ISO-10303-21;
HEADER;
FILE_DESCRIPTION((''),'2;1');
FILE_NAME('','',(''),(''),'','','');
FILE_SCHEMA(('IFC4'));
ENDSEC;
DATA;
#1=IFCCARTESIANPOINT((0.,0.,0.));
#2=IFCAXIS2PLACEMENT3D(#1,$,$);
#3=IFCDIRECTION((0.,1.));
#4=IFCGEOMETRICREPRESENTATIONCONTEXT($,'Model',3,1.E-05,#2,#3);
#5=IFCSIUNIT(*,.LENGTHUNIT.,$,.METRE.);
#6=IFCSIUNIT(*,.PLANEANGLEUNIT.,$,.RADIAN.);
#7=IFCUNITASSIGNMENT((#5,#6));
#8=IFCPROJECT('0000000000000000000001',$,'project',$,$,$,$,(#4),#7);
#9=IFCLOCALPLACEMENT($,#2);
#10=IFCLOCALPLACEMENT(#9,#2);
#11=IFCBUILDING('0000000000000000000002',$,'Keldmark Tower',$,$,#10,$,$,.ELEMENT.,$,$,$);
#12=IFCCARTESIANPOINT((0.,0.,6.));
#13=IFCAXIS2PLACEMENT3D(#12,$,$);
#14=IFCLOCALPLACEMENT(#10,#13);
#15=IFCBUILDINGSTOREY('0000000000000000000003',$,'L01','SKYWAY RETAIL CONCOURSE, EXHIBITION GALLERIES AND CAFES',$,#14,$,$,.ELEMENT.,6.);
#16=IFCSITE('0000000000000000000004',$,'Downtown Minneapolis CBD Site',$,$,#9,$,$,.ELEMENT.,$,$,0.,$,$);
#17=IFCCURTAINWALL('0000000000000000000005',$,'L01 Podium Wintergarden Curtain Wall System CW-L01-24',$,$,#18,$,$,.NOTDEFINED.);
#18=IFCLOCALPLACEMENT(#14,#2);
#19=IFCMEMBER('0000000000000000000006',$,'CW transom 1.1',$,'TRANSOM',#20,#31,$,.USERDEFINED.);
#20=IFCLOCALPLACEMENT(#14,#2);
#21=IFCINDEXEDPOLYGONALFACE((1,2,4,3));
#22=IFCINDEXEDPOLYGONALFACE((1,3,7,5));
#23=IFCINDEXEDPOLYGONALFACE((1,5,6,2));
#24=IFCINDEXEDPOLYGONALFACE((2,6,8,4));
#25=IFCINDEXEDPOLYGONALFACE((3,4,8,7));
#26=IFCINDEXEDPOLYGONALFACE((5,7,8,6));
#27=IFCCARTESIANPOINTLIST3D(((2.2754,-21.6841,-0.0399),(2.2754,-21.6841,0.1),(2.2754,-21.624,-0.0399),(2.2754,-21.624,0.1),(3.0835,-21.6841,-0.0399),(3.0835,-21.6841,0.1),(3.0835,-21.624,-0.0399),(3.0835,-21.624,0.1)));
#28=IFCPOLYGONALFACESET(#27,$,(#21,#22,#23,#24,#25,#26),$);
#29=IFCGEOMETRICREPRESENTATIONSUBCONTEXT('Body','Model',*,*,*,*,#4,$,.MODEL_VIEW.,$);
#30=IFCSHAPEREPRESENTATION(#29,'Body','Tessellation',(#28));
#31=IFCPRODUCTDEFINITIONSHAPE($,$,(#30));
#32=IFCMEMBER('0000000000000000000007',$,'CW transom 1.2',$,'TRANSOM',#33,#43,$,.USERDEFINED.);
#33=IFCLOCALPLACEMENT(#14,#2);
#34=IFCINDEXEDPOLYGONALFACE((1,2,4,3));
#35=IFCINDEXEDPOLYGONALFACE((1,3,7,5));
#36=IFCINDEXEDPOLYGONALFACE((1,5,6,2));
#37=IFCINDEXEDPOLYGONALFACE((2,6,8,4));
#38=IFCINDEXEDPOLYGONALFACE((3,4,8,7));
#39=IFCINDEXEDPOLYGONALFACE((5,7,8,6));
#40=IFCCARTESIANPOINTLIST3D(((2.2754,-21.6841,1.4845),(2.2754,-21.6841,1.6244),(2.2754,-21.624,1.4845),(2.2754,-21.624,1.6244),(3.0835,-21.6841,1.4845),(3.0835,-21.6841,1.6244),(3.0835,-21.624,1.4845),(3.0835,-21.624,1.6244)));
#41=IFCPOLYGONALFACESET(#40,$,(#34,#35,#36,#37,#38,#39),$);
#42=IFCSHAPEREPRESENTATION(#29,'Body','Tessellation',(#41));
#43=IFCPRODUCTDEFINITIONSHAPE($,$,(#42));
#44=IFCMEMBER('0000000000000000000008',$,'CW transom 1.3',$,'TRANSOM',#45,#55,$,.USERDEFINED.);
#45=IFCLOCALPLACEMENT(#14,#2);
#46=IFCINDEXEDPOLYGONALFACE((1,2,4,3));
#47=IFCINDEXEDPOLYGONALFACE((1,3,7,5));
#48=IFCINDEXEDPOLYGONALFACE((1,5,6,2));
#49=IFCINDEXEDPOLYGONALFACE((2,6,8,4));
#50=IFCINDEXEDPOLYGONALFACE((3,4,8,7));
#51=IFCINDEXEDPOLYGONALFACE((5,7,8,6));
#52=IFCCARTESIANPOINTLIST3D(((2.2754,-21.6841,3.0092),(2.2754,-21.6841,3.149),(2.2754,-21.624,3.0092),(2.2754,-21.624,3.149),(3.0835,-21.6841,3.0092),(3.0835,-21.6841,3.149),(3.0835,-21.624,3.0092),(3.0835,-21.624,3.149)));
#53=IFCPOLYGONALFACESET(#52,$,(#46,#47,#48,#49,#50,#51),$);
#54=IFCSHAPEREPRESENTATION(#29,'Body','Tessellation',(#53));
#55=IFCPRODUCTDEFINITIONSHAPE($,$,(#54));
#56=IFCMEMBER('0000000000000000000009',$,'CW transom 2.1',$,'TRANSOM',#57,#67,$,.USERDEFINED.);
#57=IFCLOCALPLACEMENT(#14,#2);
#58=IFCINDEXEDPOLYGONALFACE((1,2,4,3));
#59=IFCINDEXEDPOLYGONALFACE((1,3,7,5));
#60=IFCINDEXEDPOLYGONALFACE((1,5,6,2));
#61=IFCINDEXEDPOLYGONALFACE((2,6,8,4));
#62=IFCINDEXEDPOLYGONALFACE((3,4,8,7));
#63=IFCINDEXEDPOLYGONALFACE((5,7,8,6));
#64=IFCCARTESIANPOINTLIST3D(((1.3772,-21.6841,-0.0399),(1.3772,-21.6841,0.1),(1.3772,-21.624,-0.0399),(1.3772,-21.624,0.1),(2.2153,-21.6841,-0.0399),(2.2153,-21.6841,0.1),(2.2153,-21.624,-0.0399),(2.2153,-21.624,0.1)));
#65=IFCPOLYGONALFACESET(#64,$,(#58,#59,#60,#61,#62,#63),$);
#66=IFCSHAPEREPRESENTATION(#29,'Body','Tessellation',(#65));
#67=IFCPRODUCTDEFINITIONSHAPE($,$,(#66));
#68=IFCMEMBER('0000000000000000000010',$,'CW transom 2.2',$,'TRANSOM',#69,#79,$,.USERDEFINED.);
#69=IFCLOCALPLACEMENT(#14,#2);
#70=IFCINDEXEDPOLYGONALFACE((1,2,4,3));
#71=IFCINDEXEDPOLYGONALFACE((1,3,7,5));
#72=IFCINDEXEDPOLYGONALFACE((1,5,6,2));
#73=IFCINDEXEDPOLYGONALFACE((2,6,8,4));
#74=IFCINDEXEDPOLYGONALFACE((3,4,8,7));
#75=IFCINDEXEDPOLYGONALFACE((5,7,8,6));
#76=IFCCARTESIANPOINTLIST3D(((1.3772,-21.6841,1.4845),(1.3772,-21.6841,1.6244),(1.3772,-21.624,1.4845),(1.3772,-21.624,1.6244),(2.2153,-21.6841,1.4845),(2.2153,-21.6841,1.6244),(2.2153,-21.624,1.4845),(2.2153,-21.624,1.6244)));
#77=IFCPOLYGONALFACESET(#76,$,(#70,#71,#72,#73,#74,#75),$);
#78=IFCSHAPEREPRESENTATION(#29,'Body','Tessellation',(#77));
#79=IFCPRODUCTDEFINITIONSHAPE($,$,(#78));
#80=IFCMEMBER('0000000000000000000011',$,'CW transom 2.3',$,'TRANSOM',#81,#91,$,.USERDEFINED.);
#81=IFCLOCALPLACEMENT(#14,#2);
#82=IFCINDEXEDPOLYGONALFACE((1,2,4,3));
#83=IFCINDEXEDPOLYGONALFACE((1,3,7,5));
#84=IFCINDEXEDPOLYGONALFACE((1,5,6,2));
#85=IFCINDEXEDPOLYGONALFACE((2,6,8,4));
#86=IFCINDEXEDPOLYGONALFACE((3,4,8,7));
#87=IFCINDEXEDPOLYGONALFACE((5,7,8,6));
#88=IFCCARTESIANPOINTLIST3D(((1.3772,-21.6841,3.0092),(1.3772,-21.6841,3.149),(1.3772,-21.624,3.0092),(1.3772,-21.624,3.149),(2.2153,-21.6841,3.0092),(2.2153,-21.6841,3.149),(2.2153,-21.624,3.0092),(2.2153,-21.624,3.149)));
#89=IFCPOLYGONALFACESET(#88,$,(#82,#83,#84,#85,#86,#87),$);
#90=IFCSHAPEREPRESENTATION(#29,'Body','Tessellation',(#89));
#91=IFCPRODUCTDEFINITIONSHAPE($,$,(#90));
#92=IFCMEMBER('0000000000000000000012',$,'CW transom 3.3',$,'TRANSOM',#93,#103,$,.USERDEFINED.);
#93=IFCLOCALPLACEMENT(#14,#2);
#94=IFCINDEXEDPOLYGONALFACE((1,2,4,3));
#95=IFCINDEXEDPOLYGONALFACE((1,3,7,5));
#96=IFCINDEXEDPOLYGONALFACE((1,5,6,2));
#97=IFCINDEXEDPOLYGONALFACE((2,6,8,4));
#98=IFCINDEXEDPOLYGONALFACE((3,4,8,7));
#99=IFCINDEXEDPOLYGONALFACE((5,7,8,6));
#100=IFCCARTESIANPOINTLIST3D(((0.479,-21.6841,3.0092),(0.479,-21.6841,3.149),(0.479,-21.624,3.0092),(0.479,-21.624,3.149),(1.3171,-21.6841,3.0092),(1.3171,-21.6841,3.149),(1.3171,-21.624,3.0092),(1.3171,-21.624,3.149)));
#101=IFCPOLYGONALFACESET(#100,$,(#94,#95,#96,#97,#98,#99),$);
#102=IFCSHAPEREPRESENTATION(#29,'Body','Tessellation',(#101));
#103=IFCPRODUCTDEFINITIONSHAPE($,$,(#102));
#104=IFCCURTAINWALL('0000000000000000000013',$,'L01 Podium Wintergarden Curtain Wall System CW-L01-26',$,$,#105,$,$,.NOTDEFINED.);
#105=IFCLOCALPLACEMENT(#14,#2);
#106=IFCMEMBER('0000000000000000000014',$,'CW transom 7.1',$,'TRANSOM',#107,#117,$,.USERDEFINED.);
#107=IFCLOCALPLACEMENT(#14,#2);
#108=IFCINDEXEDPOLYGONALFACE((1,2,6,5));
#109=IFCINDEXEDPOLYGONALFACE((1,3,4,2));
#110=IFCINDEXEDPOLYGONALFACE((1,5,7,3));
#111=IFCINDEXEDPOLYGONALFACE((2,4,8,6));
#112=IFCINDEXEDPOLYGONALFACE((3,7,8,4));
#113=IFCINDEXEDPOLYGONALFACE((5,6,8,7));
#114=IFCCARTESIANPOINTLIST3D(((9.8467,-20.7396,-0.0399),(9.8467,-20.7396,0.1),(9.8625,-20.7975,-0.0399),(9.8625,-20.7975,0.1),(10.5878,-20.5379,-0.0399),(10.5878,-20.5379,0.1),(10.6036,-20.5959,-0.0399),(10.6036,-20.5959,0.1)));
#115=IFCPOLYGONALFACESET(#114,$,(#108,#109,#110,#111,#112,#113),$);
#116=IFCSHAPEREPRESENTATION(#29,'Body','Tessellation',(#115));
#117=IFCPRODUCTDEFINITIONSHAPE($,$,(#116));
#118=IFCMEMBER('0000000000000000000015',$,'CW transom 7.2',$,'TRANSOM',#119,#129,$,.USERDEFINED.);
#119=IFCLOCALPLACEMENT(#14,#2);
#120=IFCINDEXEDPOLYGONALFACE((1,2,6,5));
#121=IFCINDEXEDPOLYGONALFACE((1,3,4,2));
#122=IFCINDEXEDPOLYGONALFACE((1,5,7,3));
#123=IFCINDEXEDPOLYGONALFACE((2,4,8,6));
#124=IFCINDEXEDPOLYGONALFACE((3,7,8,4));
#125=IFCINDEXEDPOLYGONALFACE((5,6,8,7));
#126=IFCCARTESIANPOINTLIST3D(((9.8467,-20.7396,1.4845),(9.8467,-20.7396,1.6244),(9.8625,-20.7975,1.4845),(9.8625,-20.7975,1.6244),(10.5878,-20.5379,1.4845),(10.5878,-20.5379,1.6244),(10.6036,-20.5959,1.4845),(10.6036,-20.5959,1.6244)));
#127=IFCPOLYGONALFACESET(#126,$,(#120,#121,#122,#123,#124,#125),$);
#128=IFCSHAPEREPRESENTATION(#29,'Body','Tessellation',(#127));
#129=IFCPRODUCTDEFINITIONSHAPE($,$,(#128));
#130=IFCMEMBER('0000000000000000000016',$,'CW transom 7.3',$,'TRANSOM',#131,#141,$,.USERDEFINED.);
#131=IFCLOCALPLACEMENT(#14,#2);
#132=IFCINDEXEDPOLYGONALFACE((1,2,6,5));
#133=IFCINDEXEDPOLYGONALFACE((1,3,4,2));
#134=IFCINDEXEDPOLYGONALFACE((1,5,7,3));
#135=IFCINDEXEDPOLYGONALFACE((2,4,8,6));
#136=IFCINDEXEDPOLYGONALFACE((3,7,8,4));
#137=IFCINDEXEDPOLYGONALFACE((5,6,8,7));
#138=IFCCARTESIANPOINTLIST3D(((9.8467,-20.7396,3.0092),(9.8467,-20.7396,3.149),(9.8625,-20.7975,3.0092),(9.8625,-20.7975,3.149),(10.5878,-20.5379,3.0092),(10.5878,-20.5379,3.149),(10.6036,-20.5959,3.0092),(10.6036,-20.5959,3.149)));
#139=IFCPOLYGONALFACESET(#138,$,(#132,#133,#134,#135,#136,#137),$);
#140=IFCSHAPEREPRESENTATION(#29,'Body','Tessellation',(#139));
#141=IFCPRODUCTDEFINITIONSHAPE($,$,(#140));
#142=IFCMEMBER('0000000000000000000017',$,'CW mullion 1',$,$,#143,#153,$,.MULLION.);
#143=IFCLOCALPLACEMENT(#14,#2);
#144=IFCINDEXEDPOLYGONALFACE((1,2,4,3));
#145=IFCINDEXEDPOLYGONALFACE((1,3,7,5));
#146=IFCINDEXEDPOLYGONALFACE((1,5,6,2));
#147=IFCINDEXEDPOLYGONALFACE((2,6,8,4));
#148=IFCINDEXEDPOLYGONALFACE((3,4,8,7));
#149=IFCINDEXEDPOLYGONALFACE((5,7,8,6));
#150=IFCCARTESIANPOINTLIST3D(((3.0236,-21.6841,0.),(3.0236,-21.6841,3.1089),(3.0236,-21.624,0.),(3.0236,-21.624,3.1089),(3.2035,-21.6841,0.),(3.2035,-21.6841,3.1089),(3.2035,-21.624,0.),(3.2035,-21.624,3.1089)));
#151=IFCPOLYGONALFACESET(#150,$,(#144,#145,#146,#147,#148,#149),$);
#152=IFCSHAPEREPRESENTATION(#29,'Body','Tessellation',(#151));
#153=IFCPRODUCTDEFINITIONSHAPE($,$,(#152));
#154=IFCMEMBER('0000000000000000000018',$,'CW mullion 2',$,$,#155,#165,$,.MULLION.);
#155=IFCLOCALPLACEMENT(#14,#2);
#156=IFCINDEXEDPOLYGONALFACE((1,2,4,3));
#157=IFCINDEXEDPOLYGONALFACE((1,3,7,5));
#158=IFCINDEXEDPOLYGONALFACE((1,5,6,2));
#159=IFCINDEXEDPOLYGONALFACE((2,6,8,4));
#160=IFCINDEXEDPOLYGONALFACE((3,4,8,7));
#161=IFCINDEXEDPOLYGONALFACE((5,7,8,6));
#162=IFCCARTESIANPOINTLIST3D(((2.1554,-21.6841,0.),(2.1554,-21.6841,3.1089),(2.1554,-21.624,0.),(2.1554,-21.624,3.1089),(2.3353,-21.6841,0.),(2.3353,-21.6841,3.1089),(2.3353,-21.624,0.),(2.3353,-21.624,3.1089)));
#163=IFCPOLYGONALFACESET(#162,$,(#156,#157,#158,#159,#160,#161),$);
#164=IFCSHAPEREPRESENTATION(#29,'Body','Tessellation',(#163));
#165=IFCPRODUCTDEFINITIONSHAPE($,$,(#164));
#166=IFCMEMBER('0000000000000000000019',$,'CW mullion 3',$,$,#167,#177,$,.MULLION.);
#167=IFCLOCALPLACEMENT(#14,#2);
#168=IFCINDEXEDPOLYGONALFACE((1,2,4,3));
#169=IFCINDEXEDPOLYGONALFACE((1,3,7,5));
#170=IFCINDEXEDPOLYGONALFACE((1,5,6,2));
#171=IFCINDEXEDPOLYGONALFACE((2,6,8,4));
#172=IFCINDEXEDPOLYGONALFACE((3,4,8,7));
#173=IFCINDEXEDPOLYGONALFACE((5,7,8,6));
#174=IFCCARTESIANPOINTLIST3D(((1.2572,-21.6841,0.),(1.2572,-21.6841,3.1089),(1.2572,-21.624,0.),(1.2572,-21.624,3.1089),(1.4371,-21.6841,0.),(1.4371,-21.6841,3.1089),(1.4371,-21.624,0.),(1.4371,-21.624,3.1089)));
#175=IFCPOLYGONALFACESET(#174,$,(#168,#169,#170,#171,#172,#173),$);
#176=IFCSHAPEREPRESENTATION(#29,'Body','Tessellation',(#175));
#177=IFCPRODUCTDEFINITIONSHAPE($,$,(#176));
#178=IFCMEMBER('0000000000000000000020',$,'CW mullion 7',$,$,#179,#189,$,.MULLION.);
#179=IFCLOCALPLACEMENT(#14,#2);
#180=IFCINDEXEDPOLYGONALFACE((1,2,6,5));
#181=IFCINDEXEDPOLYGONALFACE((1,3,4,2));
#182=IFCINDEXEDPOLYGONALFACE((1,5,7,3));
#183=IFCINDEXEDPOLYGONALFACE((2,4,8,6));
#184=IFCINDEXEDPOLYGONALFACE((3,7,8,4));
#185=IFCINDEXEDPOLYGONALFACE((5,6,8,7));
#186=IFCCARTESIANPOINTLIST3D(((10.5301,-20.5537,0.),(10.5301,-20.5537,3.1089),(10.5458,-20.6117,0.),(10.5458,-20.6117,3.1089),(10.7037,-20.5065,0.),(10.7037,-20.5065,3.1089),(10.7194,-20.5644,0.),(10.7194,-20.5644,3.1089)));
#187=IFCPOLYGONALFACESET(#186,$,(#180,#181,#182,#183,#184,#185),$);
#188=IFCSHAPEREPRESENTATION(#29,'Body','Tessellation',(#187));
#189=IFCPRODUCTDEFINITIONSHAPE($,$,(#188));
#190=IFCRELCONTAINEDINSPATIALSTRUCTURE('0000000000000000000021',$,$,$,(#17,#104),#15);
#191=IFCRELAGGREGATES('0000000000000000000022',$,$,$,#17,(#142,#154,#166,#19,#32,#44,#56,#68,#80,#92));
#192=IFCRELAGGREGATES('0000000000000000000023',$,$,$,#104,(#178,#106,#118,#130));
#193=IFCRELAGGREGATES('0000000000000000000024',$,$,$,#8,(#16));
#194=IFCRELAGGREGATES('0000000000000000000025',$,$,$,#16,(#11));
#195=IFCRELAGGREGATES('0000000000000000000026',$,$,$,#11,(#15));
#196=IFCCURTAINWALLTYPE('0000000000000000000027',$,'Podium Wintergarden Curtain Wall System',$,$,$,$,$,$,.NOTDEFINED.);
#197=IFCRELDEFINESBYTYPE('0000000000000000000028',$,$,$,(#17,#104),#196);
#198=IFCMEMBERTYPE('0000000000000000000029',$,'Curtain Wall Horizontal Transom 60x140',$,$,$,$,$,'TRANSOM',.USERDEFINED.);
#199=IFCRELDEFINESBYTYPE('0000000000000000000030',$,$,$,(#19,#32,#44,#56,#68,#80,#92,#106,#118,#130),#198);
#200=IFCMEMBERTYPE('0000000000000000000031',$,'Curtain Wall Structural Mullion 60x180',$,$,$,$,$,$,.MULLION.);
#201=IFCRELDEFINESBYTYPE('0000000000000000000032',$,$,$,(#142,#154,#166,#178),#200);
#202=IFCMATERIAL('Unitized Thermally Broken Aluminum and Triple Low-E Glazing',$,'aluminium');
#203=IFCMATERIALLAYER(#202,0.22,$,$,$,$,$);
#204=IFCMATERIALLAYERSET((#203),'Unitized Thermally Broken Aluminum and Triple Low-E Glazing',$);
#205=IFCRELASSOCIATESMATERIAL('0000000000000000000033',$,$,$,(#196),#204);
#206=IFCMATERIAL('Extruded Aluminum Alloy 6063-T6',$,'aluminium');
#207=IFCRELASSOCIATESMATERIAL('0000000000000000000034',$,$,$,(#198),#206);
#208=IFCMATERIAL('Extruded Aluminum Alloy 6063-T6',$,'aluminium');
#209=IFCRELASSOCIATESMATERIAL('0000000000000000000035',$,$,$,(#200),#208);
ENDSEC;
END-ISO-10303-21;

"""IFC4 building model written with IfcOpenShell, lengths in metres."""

from ifc_helpers import new_model, si_unit, direction, frame, origin, origin_2d, place, context, subcontext, project, spatial, rectangle, extrude, material, layer, layer_set, material_profile, profile_set, type_object, element, aggregate, save


model = new_model("IFC4")

# Units and contexts
model_context = context("Model", 3, precision=1e-05, world=origin(), true_north=direction((0.0, 1.0)))
body_context = subcontext(model_context, "Body", "Model", "MODEL_VIEW")
ifc_project = project(units=[si_unit("LENGTHUNIT", "METRE"), si_unit("PLANEANGLEUNIT", "RADIAN")], contexts=[model_context])

# Site, building, storey
site_placement = place(None, origin())
site = spatial("IfcSite", under=ifc_project, at=site_placement, Name="Downtown Minneapolis CBD Site", CompositionType="ELEMENT", RefElevation=0.0)
building_placement = place(site_placement, origin())
building = spatial("IfcBuilding", under=site, at=building_placement, Name="Keldmark Tower", CompositionType="ELEMENT")
storey_placement = place(building_placement, frame((0.0, 0.0, 6.0)))
storey = spatial("IfcBuildingStorey", under=building, at=storey_placement, Name="L01", Description="SKYWAY RETAIL CONCOURSE, EXHIBITION GALLERIES AND CAFES", CompositionType="ELEMENT", Elevation=6.0)

# Curtain walls, members
ifc_material_1 = material(Name="Unitized Thermally Broken Aluminum and Triple Low-E Glazing", Category="aluminium")
ifc_layer_1 = layer(ifc_material_1, 0.22)
ifc_layer_set_1 = layer_set([ifc_layer_1], Name="Unitized Thermally Broken Aluminum and Triple Low-E Glazing")
curtain_wall_type = type_object("IfcCurtainWallType", Name="Podium Wintergarden Curtain Wall System", PredefinedType="NOTDEFINED", material=ifc_layer_set_1)
curtain_wall_1_placement = place(storey_placement, origin())
curtain_wall_1 = element("IfcCurtainWall", 1, at=curtain_wall_1_placement, inside=storey, type_object=curtain_wall_type, Name="L01 Podium Wintergarden Curtain Wall System CW-L01-24", PredefinedType="NOTDEFINED")
ifc_material_2 = material(Name="Extruded Aluminum Alloy 6063-T6", Category="aluminium")
ifc_material_profile_1 = material_profile(ifc_material_2, rectangle(XDim=0.0601, YDim=0.1399, at=origin_2d()), Name="CWT60X140")
ifc_profile_set_1 = profile_set([ifc_material_profile_1], Name="Extruded Aluminum Alloy 6063-T6")
member_type_1 = type_object("IfcMemberType", Name="Curtain Wall Horizontal Transom 60x140", ElementType="TRANSOM", PredefinedType="USERDEFINED", material=ifc_profile_set_1)
member_1_placement = place(storey_placement, frame((3.0835, -21.6541, 0.03), z_axis=(-1.0, 0.0, 0.0), x_axis=(0.0, -1.0, 0.0)))
member_1 = element("IfcMember", 2, at=member_1_placement, type_object=member_type_1, Name="CW transom 1.1", ObjectType="TRANSOM", PredefinedType="USERDEFINED", context=body_context, shape_type="SweptSolid", body=[
    extrude(rectangle(XDim=0.0601, YDim=0.1399, at=origin_2d()), origin(), (0.0, 0.0, 1.0), 0.8081),
])
member_2_placement = place(storey_placement, frame((3.0835, -21.6541, 1.5544), z_axis=(-1.0, 0.0, 0.0), x_axis=(0.0, -1.0, 0.0)))
member_2 = element("IfcMember", 3, at=member_2_placement, type_object=member_type_1, Name="CW transom 1.2", ObjectType="TRANSOM", PredefinedType="USERDEFINED", context=body_context, shape_type="SweptSolid", body=[
    extrude(rectangle(XDim=0.0601, YDim=0.1399, at=origin_2d()), origin(), (0.0, 0.0, 1.0), 0.8081),
])
member_3_placement = place(storey_placement, frame((3.0835, -21.6541, 3.0791), z_axis=(-1.0, 0.0, 0.0), x_axis=(0.0, -1.0, 0.0)))
member_3 = element("IfcMember", 4, at=member_3_placement, type_object=member_type_1, Name="CW transom 1.3", ObjectType="TRANSOM", PredefinedType="USERDEFINED", context=body_context, shape_type="SweptSolid", body=[
    extrude(rectangle(XDim=0.0601, YDim=0.1399, at=origin_2d()), origin(), (0.0, 0.0, 1.0), 0.8081),
])
member_4_placement = place(storey_placement, frame((2.2153, -21.6541, 0.03), z_axis=(-1.0, 0.0, 0.0), x_axis=(0.0, -1.0, 0.0)))
member_4 = element("IfcMember", 5, at=member_4_placement, type_object=member_type_1, Name="CW transom 2.1", ObjectType="TRANSOM", PredefinedType="USERDEFINED", context=body_context, shape_type="SweptSolid", body=[
    extrude(rectangle(XDim=0.0601, YDim=0.1399, at=origin_2d()), origin(), (0.0, 0.0, 1.0), 0.8381),
])
member_5_placement = place(storey_placement, frame((2.2153, -21.6541, 1.5544), z_axis=(-1.0, 0.0, 0.0), x_axis=(0.0, -1.0, 0.0)))
member_5 = element("IfcMember", 6, at=member_5_placement, type_object=member_type_1, Name="CW transom 2.2", ObjectType="TRANSOM", PredefinedType="USERDEFINED", context=body_context, shape_type="SweptSolid", body=[
    extrude(rectangle(XDim=0.0601, YDim=0.1399, at=origin_2d()), origin(), (0.0, 0.0, 1.0), 0.8381),
])
member_6_placement = place(storey_placement, frame((2.2153, -21.6541, 3.0791), z_axis=(-1.0, 0.0, 0.0), x_axis=(0.0, -1.0, 0.0)))
member_6 = element("IfcMember", 7, at=member_6_placement, type_object=member_type_1, Name="CW transom 2.3", ObjectType="TRANSOM", PredefinedType="USERDEFINED", context=body_context, shape_type="SweptSolid", body=[
    extrude(rectangle(XDim=0.0601, YDim=0.1399, at=origin_2d()), origin(), (0.0, 0.0, 1.0), 0.8381),
])
member_7_placement = place(storey_placement, frame((1.3171, -21.6541, 3.0791), z_axis=(-1.0, 0.0, 0.0), x_axis=(0.0, -1.0, 0.0)))
member_7 = element("IfcMember", 8, at=member_7_placement, type_object=member_type_1, Name="CW transom 3.3", ObjectType="TRANSOM", PredefinedType="USERDEFINED", context=body_context, shape_type="SweptSolid", body=[
    extrude(rectangle(XDim=0.0601, YDim=0.1399, at=origin_2d()), origin(), (0.0, 0.0, 1.0), 0.8381),
])
curtain_wall_2_placement = place(storey_placement, origin())
curtain_wall_2 = element("IfcCurtainWall", 9, at=curtain_wall_2_placement, inside=storey, type_object=curtain_wall_type, Name="L01 Podium Wintergarden Curtain Wall System CW-L01-26", PredefinedType="NOTDEFINED")
member_8_placement = place(storey_placement, frame((10.5957, -20.5669, 0.03), z_axis=(-0.964925, -0.262526, 0.0), x_axis=(0.262526, -0.964925, 0.0)))
member_8 = element("IfcMember", 10, at=member_8_placement, type_object=member_type_1, Name="CW transom 7.1", ObjectType="TRANSOM", PredefinedType="USERDEFINED", context=body_context, shape_type="SweptSolid", body=[
    extrude(rectangle(XDim=0.0601, YDim=0.1399, at=origin_2d()), origin(), (0.0, 0.0, 1.0), 0.7681),
])
member_9_placement = place(storey_placement, frame((10.5957, -20.5669, 1.5544), z_axis=(-0.964925, -0.262526, 0.0), x_axis=(0.262526, -0.964925, 0.0)))
member_9 = element("IfcMember", 11, at=member_9_placement, type_object=member_type_1, Name="CW transom 7.2", ObjectType="TRANSOM", PredefinedType="USERDEFINED", context=body_context, shape_type="SweptSolid", body=[
    extrude(rectangle(XDim=0.0601, YDim=0.1399, at=origin_2d()), origin(), (0.0, 0.0, 1.0), 0.7681),
])
member_10_placement = place(storey_placement, frame((10.5957, -20.5669, 3.0791), z_axis=(-0.964925, -0.262526, 0.0), x_axis=(0.262526, -0.964925, 0.0)))
member_10 = element("IfcMember", 12, at=member_10_placement, type_object=member_type_1, Name="CW transom 7.3", ObjectType="TRANSOM", PredefinedType="USERDEFINED", context=body_context, shape_type="SweptSolid", body=[
    extrude(rectangle(XDim=0.0601, YDim=0.1399, at=origin_2d()), origin(), (0.0, 0.0, 1.0), 0.7681),
])

# Members
ifc_material_3 = material(Name="Extruded Aluminum Alloy 6063-T6", Category="aluminium")
ifc_material_profile_2 = material_profile(ifc_material_3, rectangle(XDim=0.0601, YDim=0.1799, at=origin_2d()), Name="CWM60X180")
ifc_profile_set_2 = profile_set([ifc_material_profile_2], Name="Extruded Aluminum Alloy 6063-T6")
member_type_2 = type_object("IfcMemberType", Name="Curtain Wall Structural Mullion 60x180", PredefinedType="MULLION", material=ifc_profile_set_2)
member_11_placement = place(storey_placement, frame((3.1135, -21.6541, 0.0), z_axis=(0.0, 0.0, 1.0), x_axis=(0.0, -1.0, 0.0)))
member_11 = element("IfcMember", 13, at=member_11_placement, type_object=member_type_2, Name="CW mullion 1", PredefinedType="MULLION", context=body_context, shape_type="SweptSolid", body=[
    extrude(rectangle(XDim=0.0601, YDim=0.1799, at=origin_2d()), origin(), (0.0, 0.0, 1.0), 3.1089),
])
member_12_placement = place(storey_placement, frame((2.2454, -21.6541, 0.0), z_axis=(0.0, 0.0, 1.0), x_axis=(0.0, -1.0, 0.0)))
member_12 = element("IfcMember", 14, at=member_12_placement, type_object=member_type_2, Name="CW mullion 2", PredefinedType="MULLION", context=body_context, shape_type="SweptSolid", body=[
    extrude(rectangle(XDim=0.0601, YDim=0.1799, at=origin_2d()), origin(), (0.0, 0.0, 1.0), 3.1089),
])
member_13_placement = place(storey_placement, frame((1.3472, -21.6541, 0.0), z_axis=(0.0, 0.0, 1.0), x_axis=(0.0, -1.0, 0.0)))
member_13 = element("IfcMember", 15, at=member_13_placement, type_object=member_type_2, Name="CW mullion 3", PredefinedType="MULLION", context=body_context, shape_type="SweptSolid", body=[
    extrude(rectangle(XDim=0.0601, YDim=0.1799, at=origin_2d()), origin(), (0.0, 0.0, 1.0), 3.1089),
])
member_14_placement = place(storey_placement, frame((10.6248, -20.5591, 0.0), z_axis=(0.0, 0.0, 1.0), x_axis=(0.262493, -0.964934, 0.0)))
member_14 = element("IfcMember", 16, at=member_14_placement, type_object=member_type_2, Name="CW mullion 7", PredefinedType="MULLION", context=body_context, shape_type="SweptSolid", body=[
    extrude(rectangle(XDim=0.0601, YDim=0.1799, at=origin_2d()), origin(), (0.0, 0.0, 1.0), 3.1089),
])

aggregate(curtain_wall_1, [member_11, member_12, member_13, member_1, member_2, member_3, member_4, member_5, member_6, member_7])
aggregate(curtain_wall_2, [member_14, member_8, member_9, member_10])

save(model, "model.ifc")
